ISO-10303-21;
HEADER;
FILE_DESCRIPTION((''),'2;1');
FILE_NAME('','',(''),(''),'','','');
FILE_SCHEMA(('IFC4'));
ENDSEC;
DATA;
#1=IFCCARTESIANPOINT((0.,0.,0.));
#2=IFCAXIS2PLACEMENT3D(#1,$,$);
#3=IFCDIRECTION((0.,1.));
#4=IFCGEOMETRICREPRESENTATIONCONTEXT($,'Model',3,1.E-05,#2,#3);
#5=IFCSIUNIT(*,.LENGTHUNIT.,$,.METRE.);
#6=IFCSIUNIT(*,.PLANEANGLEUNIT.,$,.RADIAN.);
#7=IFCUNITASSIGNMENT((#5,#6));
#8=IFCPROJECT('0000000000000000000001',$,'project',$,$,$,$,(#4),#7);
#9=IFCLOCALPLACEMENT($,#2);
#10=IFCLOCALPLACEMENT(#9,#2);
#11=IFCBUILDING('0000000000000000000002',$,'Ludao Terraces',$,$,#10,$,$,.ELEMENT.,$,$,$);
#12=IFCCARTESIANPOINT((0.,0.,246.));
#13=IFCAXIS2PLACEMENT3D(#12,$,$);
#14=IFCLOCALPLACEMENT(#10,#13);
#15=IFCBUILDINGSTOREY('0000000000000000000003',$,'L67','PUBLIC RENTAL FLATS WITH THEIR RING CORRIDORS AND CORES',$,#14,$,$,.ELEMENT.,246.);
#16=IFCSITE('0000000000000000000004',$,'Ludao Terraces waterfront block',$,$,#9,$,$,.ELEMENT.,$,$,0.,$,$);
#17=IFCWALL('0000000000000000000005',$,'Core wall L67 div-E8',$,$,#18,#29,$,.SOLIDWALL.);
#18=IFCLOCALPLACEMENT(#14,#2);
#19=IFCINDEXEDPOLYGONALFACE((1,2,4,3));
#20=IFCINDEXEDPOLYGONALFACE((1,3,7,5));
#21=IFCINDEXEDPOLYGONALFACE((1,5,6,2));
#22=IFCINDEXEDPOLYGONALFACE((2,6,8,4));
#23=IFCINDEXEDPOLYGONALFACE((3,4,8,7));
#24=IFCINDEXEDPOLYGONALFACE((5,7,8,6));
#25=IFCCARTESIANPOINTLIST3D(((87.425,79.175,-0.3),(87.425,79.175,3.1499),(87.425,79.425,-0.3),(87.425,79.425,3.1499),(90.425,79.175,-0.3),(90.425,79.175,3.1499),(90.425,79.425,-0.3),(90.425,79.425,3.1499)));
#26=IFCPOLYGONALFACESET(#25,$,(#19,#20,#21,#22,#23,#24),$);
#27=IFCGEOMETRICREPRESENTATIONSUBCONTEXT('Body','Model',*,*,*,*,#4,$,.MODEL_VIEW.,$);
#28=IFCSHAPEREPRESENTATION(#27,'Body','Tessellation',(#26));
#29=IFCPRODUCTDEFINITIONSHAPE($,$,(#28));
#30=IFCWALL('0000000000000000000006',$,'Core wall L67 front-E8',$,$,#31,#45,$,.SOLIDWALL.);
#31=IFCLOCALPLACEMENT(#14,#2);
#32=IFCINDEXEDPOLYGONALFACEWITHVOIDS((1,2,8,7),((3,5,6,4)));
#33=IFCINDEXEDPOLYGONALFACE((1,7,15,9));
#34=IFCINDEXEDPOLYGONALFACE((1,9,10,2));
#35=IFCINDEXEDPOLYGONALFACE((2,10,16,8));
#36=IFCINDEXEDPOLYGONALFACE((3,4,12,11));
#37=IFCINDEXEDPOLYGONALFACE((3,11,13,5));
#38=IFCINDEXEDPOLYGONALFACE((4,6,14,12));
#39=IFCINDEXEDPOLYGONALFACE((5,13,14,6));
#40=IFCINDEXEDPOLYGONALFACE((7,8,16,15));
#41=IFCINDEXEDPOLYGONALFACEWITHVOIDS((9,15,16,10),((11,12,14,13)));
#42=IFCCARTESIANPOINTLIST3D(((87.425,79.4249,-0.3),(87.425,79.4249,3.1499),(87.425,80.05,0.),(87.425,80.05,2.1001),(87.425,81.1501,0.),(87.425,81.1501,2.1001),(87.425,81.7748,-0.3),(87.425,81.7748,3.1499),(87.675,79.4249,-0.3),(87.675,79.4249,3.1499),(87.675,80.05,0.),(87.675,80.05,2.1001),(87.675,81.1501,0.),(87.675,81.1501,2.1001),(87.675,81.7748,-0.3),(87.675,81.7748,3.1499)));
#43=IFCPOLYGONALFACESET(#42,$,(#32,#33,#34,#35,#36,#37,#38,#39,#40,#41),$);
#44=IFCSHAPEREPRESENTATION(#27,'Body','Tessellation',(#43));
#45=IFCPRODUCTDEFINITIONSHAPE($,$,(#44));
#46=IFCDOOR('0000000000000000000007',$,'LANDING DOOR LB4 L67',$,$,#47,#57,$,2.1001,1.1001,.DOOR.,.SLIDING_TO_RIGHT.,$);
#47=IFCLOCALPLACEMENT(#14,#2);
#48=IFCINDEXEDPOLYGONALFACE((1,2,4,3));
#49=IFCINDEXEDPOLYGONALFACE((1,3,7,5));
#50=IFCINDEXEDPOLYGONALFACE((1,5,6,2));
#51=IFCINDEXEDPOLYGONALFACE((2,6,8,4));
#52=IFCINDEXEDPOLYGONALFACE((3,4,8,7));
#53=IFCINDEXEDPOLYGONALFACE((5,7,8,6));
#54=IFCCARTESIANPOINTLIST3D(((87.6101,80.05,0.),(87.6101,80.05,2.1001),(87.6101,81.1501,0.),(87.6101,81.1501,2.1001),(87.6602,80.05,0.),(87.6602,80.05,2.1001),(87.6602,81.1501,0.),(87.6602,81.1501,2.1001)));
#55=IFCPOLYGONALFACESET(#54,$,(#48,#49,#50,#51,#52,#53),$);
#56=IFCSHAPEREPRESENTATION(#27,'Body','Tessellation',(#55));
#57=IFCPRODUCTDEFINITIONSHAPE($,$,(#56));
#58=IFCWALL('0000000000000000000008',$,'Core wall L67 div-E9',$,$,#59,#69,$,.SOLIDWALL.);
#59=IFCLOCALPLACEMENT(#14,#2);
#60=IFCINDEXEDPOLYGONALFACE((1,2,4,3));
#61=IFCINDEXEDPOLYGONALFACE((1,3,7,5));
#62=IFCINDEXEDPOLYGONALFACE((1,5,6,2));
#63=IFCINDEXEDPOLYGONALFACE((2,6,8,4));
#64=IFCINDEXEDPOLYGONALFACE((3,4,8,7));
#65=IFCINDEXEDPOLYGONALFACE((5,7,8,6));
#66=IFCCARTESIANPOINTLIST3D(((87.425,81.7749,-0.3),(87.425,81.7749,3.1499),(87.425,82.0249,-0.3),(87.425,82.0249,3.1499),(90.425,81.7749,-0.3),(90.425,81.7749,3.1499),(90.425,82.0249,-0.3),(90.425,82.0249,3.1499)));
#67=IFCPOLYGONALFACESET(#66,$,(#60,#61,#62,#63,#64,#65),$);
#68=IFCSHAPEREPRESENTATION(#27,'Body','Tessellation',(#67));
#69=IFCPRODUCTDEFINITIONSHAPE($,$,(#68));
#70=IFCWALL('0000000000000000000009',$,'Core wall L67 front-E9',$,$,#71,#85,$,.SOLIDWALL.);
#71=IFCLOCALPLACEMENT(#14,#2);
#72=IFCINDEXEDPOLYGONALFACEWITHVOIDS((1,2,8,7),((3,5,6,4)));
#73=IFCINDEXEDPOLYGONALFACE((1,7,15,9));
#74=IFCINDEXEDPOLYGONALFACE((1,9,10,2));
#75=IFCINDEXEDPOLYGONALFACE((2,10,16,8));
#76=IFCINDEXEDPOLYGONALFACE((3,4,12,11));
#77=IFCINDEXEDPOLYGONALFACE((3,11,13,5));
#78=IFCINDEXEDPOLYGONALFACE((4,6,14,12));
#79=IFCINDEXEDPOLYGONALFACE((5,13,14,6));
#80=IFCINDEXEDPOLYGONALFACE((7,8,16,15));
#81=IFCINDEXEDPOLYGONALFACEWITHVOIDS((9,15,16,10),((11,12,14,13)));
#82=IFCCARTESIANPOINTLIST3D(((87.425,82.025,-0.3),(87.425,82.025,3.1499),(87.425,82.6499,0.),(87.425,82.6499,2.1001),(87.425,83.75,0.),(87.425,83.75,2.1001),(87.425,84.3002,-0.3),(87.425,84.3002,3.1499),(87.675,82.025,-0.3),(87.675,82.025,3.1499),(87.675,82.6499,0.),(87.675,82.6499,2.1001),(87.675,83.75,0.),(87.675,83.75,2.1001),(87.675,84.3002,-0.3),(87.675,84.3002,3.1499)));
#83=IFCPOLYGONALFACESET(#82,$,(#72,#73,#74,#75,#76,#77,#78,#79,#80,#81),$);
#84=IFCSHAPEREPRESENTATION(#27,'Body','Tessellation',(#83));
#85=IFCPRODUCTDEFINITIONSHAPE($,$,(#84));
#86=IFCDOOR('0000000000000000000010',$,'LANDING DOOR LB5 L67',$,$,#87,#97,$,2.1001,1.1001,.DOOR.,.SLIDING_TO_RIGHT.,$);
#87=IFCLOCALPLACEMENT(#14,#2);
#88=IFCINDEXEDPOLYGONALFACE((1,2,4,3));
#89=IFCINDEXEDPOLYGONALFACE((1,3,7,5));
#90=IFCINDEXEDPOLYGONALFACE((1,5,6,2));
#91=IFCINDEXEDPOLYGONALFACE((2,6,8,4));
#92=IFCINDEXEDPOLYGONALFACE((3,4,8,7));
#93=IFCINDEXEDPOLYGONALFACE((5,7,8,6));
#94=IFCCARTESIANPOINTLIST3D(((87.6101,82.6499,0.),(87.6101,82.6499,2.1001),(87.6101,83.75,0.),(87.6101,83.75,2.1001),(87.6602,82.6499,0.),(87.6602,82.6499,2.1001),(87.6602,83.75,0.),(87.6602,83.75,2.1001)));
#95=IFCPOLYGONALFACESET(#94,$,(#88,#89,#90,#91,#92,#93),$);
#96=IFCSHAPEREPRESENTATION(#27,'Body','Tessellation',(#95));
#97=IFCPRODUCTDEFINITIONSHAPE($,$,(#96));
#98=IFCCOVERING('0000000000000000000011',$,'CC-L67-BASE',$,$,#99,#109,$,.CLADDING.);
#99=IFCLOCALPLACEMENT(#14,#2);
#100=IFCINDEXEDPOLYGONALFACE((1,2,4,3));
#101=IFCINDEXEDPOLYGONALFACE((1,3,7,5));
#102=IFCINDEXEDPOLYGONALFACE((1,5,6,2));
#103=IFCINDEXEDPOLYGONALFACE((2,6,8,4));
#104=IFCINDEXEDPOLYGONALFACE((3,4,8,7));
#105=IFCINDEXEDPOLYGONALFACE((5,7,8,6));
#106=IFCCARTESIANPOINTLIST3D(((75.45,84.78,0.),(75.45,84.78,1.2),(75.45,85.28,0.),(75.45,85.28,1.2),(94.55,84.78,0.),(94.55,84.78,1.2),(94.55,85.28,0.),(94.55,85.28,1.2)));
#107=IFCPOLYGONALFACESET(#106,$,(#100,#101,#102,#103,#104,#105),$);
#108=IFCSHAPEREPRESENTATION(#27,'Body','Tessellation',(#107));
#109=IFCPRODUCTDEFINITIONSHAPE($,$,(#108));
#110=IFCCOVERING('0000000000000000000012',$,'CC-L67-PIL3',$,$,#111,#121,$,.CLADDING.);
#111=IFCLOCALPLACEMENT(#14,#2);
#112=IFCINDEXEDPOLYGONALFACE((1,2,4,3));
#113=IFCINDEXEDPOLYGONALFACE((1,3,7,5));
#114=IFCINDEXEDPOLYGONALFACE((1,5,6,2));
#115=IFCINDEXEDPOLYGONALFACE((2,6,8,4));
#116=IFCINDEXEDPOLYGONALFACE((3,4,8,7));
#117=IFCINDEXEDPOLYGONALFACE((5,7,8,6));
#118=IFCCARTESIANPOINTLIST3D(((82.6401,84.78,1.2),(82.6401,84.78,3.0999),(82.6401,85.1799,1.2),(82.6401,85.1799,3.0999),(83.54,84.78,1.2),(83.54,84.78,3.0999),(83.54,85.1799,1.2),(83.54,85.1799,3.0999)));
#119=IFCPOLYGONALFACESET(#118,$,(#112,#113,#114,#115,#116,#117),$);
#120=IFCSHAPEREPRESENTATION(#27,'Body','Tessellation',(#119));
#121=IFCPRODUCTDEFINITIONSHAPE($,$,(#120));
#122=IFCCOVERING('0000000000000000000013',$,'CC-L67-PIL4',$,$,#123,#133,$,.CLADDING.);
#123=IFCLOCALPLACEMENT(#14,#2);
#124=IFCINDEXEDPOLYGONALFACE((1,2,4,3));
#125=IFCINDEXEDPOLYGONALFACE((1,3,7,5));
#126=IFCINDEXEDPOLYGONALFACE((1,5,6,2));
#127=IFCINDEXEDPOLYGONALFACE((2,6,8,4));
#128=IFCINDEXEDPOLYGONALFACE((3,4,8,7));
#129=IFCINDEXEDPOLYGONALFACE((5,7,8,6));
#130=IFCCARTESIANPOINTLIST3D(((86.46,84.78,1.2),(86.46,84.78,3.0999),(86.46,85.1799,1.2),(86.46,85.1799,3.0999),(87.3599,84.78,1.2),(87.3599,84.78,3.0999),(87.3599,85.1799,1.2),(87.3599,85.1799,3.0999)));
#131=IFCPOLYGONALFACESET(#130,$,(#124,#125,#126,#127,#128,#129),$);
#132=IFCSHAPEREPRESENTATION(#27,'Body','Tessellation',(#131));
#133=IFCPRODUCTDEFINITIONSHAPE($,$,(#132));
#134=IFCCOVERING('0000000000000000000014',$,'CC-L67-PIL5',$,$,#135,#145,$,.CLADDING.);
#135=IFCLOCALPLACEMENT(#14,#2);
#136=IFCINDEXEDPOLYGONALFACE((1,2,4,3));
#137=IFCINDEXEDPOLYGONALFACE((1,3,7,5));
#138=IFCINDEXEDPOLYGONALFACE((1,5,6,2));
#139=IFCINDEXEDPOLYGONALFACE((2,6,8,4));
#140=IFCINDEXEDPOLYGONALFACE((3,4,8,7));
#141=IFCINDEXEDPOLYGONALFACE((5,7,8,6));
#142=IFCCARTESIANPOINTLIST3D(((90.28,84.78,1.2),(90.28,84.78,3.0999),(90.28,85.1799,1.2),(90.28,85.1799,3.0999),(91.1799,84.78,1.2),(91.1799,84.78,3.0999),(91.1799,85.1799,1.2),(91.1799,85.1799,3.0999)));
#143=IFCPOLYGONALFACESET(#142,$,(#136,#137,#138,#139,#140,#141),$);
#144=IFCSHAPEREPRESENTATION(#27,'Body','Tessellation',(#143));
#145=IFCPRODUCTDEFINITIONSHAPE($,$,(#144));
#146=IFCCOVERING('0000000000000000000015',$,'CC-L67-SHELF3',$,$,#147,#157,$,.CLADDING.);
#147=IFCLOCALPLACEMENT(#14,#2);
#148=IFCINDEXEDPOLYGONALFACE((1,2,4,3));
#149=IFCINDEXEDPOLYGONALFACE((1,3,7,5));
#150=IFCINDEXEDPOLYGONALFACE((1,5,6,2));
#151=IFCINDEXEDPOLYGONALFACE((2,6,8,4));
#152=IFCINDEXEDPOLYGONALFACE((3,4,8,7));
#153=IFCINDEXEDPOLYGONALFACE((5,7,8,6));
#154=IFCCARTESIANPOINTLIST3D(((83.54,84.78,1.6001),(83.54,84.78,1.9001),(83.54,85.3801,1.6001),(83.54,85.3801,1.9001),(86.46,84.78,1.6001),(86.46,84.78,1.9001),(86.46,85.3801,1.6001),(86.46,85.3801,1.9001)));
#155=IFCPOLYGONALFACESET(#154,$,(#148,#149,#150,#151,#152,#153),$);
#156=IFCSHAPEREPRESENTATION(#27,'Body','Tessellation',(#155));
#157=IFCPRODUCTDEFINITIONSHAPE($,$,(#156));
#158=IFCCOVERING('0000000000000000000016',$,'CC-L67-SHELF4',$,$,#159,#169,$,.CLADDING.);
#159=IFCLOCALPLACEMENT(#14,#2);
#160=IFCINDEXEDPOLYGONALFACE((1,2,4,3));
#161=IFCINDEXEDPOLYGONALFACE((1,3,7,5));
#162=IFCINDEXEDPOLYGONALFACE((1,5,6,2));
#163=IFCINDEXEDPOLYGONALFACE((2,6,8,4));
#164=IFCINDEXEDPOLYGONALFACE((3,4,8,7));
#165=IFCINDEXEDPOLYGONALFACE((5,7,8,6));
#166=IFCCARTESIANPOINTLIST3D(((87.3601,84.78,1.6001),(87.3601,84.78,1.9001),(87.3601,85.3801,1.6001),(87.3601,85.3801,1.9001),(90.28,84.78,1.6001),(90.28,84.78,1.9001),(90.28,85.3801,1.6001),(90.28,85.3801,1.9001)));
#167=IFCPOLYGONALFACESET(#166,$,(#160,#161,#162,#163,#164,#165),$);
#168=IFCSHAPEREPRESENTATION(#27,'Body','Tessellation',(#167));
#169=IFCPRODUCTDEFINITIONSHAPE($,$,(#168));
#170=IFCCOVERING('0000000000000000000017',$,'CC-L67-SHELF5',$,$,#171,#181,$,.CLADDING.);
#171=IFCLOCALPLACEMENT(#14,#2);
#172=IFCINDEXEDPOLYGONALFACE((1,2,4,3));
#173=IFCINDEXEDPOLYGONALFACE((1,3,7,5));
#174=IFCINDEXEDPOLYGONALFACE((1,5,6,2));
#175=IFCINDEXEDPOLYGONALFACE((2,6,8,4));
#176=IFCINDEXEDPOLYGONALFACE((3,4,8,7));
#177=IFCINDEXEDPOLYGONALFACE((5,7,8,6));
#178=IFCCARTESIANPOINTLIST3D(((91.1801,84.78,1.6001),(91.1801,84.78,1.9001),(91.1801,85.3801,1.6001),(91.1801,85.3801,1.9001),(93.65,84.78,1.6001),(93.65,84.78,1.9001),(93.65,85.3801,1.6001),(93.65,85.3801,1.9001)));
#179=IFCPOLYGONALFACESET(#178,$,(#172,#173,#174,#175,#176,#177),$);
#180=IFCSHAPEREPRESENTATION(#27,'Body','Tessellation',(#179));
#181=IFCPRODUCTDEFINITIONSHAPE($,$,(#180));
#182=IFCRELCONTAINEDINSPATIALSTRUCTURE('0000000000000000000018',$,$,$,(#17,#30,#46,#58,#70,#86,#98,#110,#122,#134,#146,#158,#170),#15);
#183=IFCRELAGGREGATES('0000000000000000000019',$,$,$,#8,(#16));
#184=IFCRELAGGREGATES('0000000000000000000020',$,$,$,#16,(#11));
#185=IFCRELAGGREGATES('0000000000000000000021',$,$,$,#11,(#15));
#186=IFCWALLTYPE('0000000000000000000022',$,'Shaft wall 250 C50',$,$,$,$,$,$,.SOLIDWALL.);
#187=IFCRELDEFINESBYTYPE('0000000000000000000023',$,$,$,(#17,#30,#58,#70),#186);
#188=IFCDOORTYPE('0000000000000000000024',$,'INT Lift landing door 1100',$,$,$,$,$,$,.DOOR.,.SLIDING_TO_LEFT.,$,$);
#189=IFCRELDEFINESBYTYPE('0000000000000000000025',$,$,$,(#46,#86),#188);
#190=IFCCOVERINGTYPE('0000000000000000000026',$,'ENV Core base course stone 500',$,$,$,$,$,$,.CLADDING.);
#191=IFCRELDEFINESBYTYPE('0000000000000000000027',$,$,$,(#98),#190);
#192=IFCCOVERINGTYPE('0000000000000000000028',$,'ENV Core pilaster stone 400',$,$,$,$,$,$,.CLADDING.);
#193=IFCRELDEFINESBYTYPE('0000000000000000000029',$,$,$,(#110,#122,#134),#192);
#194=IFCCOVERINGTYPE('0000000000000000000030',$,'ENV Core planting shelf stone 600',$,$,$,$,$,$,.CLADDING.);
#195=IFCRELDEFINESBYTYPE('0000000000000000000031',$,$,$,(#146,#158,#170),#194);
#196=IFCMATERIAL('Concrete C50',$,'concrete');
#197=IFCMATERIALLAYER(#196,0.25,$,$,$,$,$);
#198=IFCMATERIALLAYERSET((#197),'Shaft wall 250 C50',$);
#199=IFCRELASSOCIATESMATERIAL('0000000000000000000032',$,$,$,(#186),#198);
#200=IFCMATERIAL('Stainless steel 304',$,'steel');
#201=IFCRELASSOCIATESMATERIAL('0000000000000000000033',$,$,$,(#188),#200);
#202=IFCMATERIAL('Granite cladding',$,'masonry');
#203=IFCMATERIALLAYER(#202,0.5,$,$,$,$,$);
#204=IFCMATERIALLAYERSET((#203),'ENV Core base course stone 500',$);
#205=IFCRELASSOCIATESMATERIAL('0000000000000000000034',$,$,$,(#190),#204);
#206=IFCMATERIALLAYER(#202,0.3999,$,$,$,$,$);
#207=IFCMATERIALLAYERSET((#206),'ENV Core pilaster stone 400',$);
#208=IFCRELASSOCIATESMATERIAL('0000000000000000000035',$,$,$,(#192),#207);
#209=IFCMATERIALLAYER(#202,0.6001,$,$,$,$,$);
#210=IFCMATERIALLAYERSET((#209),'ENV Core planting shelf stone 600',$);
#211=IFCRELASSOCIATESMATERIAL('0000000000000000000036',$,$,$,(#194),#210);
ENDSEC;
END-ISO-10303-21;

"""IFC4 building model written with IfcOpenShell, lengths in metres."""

from ifc_helpers import new_model, si_unit, direction, frame, frame_2d, origin, origin_2d, place, context, subcontext, project, spatial, rectangle, extrude, material, layer, layer_set, type_object, element, fill, save


model = new_model("IFC4")

# Units and contexts
model_context = context("Model", 3, precision=1e-05, world=origin(), true_north=direction((0.0, 1.0)))
body_context = subcontext(model_context, "Body", "Model", "MODEL_VIEW")
ifc_project = project(units=[si_unit("LENGTHUNIT", "METRE"), si_unit("PLANEANGLEUNIT", "RADIAN")], contexts=[model_context])

# Site, building, storey
site_placement = place(None, origin())
site = spatial("IfcSite", under=ifc_project, at=site_placement, Name="Ludao Terraces waterfront block", CompositionType="ELEMENT", RefElevation=0.0)
building_placement = place(site_placement, origin())
building = spatial("IfcBuilding", under=site, at=building_placement, Name="Ludao Terraces", CompositionType="ELEMENT")
storey_placement = place(building_placement, frame((0.0, 0.0, 246.0)))
storey = spatial("IfcBuildingStorey", under=building, at=storey_placement, Name="L67", Description="PUBLIC RENTAL FLATS WITH THEIR RING CORRIDORS AND CORES", CompositionType="ELEMENT", Elevation=246.0)

# Wall
ifc_material_1 = material(Name="Concrete C50", Category="concrete")
ifc_layer_1 = layer(ifc_material_1, 0.25)
ifc_layer_set_1 = layer_set([ifc_layer_1], Name="Shaft wall 250 C50")
wall_type = type_object("IfcWallType", Name="Shaft wall 250 C50", PredefinedType="SOLIDWALL", material=ifc_layer_set_1)
wall_1_placement = place(storey_placement, frame((87.425, 79.3, -0.3), z_axis=(0.0, 0.0, 1.0), x_axis=(1.0, 0.0, 0.0)))
element("IfcWall", 1, at=wall_1_placement, inside=storey, type_object=wall_type, Name="Core wall L67 div-E8", PredefinedType="SOLIDWALL", context=body_context, shape_type="SweptSolid", body=[
    extrude(rectangle(XDim=3.0, YDim=0.25, at=frame_2d((1.5, 0.0))), origin(), (0.0, 0.0, 1.0), 3.45),
])

# Wall, opening, door
wall_2_placement = place(storey_placement, frame((87.55, 79.425, -0.3), z_axis=(0.0, 0.0, 1.0), x_axis=(0.0, 1.0, 0.0)))
wall_2 = element("IfcWall", 2, at=wall_2_placement, inside=storey, type_object=wall_type, Name="Core wall L67 front-E8", PredefinedType="SOLIDWALL", context=body_context, shape_type="SweptSolid", body=[
    extrude(rectangle(XDim=2.3499, YDim=0.25, at=frame_2d((1.1748, 0.0))), origin(), (0.0, 0.0, 1.0), 3.45),
])
opening_1_placement = place(wall_2_placement, frame((0.625, 0.0, 0.3)))
opening_1 = element("IfcOpeningElement", 3, at=opening_1_placement, cuts=wall_2, PredefinedType="OPENING", context=body_context, shape_type="SweptSolid", body=[
    extrude(rectangle(XDim=1.1001, YDim=2.1001, at=frame_2d((0.55, 1.05))), frame((0.0, 0.135, 0.0), z_axis=(0.0, -1.0, 0.0), x_axis=(1.0, 0.0, 0.0)), (0.0, 0.0, 1.0), 0.27),
])
ifc_material_2 = material(Name="Stainless steel 304", Category="steel")
door_type = type_object("IfcDoorType", Name="INT Lift landing door 1100", OperationType="SLIDING_TO_LEFT", PredefinedType="DOOR", material=ifc_material_2)
door_1_placement = place(opening_1_placement, origin())
door_1 = element("IfcDoor", 4, at=door_1_placement, inside=storey, type_object=door_type, Name="LANDING DOOR LB4 L67", OperationType="SLIDING_TO_RIGHT", OverallHeight=2.1001, OverallWidth=1.1001, PredefinedType="DOOR", context=body_context, shape_type="SweptSolid", body=[
    extrude(rectangle(XDim=1.1001, YDim=2.1001, at=frame_2d((0.55, 1.05))), frame((0.0, -0.0601, 0.0), z_axis=(0.0, -1.0, 0.0), x_axis=(1.0, 0.0, 0.0)), (0.0, 0.0, 1.0), 0.05),
])
fill(opening_1, door_1)

# Wall
wall_3_placement = place(storey_placement, frame((87.425, 81.8999, -0.3), z_axis=(0.0, 0.0, 1.0), x_axis=(1.0, 0.0, 0.0)))
element("IfcWall", 5, at=wall_3_placement, inside=storey, type_object=wall_type, Name="Core wall L67 div-E9", PredefinedType="SOLIDWALL", context=body_context, shape_type="SweptSolid", body=[
    extrude(rectangle(XDim=3.0, YDim=0.25, at=frame_2d((1.5, 0.0))), origin(), (0.0, 0.0, 1.0), 3.45),
])

# Wall, opening, door
wall_4_placement = place(storey_placement, frame((87.55, 82.0249, -0.3), z_axis=(0.0, 0.0, 1.0), x_axis=(0.0, 1.0, 0.0)))
wall_4 = element("IfcWall", 6, at=wall_4_placement, inside=storey, type_object=wall_type, Name="Core wall L67 front-E9", PredefinedType="SOLIDWALL", context=body_context, shape_type="SweptSolid", body=[
    extrude(rectangle(XDim=2.2751, YDim=0.25, at=frame_2d((1.1377, 0.0))), origin(), (0.0, 0.0, 1.0), 3.45),
])
opening_2_placement = place(wall_4_placement, frame((0.625, 0.0, 0.3)))
opening_2 = element("IfcOpeningElement", 7, at=opening_2_placement, cuts=wall_4, PredefinedType="OPENING", context=body_context, shape_type="SweptSolid", body=[
    extrude(rectangle(XDim=1.1001, YDim=2.1001, at=frame_2d((0.55, 1.05))), frame((0.0, 0.135, 0.0), z_axis=(0.0, -1.0, 0.0), x_axis=(1.0, 0.0, 0.0)), (0.0, 0.0, 1.0), 0.27),
])
door_2_placement = place(opening_2_placement, origin())
door_2 = element("IfcDoor", 8, at=door_2_placement, inside=storey, type_object=door_type, Name="LANDING DOOR LB5 L67", OperationType="SLIDING_TO_RIGHT", OverallHeight=2.1001, OverallWidth=1.1001, PredefinedType="DOOR", context=body_context, shape_type="SweptSolid", body=[
    extrude(rectangle(XDim=1.1001, YDim=2.1001, at=frame_2d((0.55, 1.05))), frame((0.0, -0.0601, 0.0), z_axis=(0.0, -1.0, 0.0), x_axis=(1.0, 0.0, 0.0)), (0.0, 0.0, 1.0), 0.05),
])
fill(opening_2, door_2)

# Coverings
ifc_material_3 = material(Name="Granite cladding", Category="masonry")
ifc_layer_2 = layer(ifc_material_3, 0.5)
ifc_layer_set_2 = layer_set([ifc_layer_2], Name="ENV Core base course stone 500")
covering_type_1 = type_object("IfcCoveringType", Name="ENV Core base course stone 500", PredefinedType="CLADDING", material=ifc_layer_set_2)
covering_1_placement = place(storey_placement, frame((85.0, 85.03, 0.0), z_axis=(0.0, 0.0, 1.0), x_axis=(1.0, 0.0, 0.0)))
element("IfcCovering", 9, at=covering_1_placement, inside=storey, type_object=covering_type_1, Name="CC-L67-BASE", PredefinedType="CLADDING", context=body_context, shape_type="SweptSolid", body=[
    extrude(rectangle(XDim=19.1001, YDim=0.5, at=origin_2d()), origin(), (0.0, 0.0, 1.0), 1.2),
])
ifc_layer_3 = layer(ifc_material_3, 0.3999)
ifc_layer_set_3 = layer_set([ifc_layer_3], Name="ENV Core pilaster stone 400")
covering_type_2 = type_object("IfcCoveringType", Name="ENV Core pilaster stone 400", PredefinedType="CLADDING", material=ifc_layer_set_3)
for number, where, z_axis, x_axis, name in (
    (10, (83.0901, 84.98, 1.2), (0.0, 0.0, 1.0), (1.0, 0.0, 0.0), "CC-L67-PIL3"),
    (11, (86.9099, 84.98, 1.2), (0.0, 0.0, 1.0), (1.0, 0.0, 0.0), "CC-L67-PIL4"),
    (12, (90.73, 84.98, 1.2), (0.0, 0.0, 1.0), (1.0, 0.0, 0.0), "CC-L67-PIL5"),
):
    element("IfcCovering", number, at=place(storey_placement, frame(where, z_axis=z_axis, x_axis=x_axis)), inside=storey, type_object=covering_type_2, Name=name, PredefinedType="CLADDING", context=body_context, shape_type="SweptSolid", body=[
        extrude(rectangle(XDim=0.8999, YDim=0.3999, at=origin_2d()), origin(), (0.0, 0.0, 1.0), 1.8999),
    ])
ifc_layer_4 = layer(ifc_material_3, 0.6001)
ifc_layer_set_4 = layer_set([ifc_layer_4], Name="ENV Core planting shelf stone 600")
covering_type_3 = type_object("IfcCoveringType", Name="ENV Core planting shelf stone 600", PredefinedType="CLADDING", material=ifc_layer_set_4)
for number, where, z_axis, x_axis, name in (
    (13, (85.0, 85.0801, 1.6001), (0.0, 0.0, 1.0), (1.0, 0.0, 0.0), "CC-L67-SHELF3"),
    (14, (88.8201, 85.0801, 1.6001), (0.0, 0.0, 1.0), (1.0, 0.0, 0.0), "CC-L67-SHELF4"),
):
    element("IfcCovering", number, at=place(storey_placement, frame(where, z_axis=z_axis, x_axis=x_axis)), inside=storey, type_object=covering_type_3, Name=name, PredefinedType="CLADDING", context=body_context, shape_type="SweptSolid", body=[
        extrude(rectangle(XDim=2.9199, YDim=0.6001, at=origin_2d()), origin(), (0.0, 0.0, 1.0), 0.3),
    ])
covering_2_placement = place(storey_placement, frame((92.415, 85.0801, 1.6001), z_axis=(0.0, 0.0, 1.0), x_axis=(1.0, 0.0, 0.0)))
element("IfcCovering", 15, at=covering_2_placement, inside=storey, type_object=covering_type_3, Name="CC-L67-SHELF5", PredefinedType="CLADDING", context=body_context, shape_type="SweptSolid", body=[
    extrude(rectangle(XDim=2.47, YDim=0.6001, at=origin_2d()), origin(), (0.0, 0.0, 1.0), 0.3),
])

save(model, "model.ifc")
